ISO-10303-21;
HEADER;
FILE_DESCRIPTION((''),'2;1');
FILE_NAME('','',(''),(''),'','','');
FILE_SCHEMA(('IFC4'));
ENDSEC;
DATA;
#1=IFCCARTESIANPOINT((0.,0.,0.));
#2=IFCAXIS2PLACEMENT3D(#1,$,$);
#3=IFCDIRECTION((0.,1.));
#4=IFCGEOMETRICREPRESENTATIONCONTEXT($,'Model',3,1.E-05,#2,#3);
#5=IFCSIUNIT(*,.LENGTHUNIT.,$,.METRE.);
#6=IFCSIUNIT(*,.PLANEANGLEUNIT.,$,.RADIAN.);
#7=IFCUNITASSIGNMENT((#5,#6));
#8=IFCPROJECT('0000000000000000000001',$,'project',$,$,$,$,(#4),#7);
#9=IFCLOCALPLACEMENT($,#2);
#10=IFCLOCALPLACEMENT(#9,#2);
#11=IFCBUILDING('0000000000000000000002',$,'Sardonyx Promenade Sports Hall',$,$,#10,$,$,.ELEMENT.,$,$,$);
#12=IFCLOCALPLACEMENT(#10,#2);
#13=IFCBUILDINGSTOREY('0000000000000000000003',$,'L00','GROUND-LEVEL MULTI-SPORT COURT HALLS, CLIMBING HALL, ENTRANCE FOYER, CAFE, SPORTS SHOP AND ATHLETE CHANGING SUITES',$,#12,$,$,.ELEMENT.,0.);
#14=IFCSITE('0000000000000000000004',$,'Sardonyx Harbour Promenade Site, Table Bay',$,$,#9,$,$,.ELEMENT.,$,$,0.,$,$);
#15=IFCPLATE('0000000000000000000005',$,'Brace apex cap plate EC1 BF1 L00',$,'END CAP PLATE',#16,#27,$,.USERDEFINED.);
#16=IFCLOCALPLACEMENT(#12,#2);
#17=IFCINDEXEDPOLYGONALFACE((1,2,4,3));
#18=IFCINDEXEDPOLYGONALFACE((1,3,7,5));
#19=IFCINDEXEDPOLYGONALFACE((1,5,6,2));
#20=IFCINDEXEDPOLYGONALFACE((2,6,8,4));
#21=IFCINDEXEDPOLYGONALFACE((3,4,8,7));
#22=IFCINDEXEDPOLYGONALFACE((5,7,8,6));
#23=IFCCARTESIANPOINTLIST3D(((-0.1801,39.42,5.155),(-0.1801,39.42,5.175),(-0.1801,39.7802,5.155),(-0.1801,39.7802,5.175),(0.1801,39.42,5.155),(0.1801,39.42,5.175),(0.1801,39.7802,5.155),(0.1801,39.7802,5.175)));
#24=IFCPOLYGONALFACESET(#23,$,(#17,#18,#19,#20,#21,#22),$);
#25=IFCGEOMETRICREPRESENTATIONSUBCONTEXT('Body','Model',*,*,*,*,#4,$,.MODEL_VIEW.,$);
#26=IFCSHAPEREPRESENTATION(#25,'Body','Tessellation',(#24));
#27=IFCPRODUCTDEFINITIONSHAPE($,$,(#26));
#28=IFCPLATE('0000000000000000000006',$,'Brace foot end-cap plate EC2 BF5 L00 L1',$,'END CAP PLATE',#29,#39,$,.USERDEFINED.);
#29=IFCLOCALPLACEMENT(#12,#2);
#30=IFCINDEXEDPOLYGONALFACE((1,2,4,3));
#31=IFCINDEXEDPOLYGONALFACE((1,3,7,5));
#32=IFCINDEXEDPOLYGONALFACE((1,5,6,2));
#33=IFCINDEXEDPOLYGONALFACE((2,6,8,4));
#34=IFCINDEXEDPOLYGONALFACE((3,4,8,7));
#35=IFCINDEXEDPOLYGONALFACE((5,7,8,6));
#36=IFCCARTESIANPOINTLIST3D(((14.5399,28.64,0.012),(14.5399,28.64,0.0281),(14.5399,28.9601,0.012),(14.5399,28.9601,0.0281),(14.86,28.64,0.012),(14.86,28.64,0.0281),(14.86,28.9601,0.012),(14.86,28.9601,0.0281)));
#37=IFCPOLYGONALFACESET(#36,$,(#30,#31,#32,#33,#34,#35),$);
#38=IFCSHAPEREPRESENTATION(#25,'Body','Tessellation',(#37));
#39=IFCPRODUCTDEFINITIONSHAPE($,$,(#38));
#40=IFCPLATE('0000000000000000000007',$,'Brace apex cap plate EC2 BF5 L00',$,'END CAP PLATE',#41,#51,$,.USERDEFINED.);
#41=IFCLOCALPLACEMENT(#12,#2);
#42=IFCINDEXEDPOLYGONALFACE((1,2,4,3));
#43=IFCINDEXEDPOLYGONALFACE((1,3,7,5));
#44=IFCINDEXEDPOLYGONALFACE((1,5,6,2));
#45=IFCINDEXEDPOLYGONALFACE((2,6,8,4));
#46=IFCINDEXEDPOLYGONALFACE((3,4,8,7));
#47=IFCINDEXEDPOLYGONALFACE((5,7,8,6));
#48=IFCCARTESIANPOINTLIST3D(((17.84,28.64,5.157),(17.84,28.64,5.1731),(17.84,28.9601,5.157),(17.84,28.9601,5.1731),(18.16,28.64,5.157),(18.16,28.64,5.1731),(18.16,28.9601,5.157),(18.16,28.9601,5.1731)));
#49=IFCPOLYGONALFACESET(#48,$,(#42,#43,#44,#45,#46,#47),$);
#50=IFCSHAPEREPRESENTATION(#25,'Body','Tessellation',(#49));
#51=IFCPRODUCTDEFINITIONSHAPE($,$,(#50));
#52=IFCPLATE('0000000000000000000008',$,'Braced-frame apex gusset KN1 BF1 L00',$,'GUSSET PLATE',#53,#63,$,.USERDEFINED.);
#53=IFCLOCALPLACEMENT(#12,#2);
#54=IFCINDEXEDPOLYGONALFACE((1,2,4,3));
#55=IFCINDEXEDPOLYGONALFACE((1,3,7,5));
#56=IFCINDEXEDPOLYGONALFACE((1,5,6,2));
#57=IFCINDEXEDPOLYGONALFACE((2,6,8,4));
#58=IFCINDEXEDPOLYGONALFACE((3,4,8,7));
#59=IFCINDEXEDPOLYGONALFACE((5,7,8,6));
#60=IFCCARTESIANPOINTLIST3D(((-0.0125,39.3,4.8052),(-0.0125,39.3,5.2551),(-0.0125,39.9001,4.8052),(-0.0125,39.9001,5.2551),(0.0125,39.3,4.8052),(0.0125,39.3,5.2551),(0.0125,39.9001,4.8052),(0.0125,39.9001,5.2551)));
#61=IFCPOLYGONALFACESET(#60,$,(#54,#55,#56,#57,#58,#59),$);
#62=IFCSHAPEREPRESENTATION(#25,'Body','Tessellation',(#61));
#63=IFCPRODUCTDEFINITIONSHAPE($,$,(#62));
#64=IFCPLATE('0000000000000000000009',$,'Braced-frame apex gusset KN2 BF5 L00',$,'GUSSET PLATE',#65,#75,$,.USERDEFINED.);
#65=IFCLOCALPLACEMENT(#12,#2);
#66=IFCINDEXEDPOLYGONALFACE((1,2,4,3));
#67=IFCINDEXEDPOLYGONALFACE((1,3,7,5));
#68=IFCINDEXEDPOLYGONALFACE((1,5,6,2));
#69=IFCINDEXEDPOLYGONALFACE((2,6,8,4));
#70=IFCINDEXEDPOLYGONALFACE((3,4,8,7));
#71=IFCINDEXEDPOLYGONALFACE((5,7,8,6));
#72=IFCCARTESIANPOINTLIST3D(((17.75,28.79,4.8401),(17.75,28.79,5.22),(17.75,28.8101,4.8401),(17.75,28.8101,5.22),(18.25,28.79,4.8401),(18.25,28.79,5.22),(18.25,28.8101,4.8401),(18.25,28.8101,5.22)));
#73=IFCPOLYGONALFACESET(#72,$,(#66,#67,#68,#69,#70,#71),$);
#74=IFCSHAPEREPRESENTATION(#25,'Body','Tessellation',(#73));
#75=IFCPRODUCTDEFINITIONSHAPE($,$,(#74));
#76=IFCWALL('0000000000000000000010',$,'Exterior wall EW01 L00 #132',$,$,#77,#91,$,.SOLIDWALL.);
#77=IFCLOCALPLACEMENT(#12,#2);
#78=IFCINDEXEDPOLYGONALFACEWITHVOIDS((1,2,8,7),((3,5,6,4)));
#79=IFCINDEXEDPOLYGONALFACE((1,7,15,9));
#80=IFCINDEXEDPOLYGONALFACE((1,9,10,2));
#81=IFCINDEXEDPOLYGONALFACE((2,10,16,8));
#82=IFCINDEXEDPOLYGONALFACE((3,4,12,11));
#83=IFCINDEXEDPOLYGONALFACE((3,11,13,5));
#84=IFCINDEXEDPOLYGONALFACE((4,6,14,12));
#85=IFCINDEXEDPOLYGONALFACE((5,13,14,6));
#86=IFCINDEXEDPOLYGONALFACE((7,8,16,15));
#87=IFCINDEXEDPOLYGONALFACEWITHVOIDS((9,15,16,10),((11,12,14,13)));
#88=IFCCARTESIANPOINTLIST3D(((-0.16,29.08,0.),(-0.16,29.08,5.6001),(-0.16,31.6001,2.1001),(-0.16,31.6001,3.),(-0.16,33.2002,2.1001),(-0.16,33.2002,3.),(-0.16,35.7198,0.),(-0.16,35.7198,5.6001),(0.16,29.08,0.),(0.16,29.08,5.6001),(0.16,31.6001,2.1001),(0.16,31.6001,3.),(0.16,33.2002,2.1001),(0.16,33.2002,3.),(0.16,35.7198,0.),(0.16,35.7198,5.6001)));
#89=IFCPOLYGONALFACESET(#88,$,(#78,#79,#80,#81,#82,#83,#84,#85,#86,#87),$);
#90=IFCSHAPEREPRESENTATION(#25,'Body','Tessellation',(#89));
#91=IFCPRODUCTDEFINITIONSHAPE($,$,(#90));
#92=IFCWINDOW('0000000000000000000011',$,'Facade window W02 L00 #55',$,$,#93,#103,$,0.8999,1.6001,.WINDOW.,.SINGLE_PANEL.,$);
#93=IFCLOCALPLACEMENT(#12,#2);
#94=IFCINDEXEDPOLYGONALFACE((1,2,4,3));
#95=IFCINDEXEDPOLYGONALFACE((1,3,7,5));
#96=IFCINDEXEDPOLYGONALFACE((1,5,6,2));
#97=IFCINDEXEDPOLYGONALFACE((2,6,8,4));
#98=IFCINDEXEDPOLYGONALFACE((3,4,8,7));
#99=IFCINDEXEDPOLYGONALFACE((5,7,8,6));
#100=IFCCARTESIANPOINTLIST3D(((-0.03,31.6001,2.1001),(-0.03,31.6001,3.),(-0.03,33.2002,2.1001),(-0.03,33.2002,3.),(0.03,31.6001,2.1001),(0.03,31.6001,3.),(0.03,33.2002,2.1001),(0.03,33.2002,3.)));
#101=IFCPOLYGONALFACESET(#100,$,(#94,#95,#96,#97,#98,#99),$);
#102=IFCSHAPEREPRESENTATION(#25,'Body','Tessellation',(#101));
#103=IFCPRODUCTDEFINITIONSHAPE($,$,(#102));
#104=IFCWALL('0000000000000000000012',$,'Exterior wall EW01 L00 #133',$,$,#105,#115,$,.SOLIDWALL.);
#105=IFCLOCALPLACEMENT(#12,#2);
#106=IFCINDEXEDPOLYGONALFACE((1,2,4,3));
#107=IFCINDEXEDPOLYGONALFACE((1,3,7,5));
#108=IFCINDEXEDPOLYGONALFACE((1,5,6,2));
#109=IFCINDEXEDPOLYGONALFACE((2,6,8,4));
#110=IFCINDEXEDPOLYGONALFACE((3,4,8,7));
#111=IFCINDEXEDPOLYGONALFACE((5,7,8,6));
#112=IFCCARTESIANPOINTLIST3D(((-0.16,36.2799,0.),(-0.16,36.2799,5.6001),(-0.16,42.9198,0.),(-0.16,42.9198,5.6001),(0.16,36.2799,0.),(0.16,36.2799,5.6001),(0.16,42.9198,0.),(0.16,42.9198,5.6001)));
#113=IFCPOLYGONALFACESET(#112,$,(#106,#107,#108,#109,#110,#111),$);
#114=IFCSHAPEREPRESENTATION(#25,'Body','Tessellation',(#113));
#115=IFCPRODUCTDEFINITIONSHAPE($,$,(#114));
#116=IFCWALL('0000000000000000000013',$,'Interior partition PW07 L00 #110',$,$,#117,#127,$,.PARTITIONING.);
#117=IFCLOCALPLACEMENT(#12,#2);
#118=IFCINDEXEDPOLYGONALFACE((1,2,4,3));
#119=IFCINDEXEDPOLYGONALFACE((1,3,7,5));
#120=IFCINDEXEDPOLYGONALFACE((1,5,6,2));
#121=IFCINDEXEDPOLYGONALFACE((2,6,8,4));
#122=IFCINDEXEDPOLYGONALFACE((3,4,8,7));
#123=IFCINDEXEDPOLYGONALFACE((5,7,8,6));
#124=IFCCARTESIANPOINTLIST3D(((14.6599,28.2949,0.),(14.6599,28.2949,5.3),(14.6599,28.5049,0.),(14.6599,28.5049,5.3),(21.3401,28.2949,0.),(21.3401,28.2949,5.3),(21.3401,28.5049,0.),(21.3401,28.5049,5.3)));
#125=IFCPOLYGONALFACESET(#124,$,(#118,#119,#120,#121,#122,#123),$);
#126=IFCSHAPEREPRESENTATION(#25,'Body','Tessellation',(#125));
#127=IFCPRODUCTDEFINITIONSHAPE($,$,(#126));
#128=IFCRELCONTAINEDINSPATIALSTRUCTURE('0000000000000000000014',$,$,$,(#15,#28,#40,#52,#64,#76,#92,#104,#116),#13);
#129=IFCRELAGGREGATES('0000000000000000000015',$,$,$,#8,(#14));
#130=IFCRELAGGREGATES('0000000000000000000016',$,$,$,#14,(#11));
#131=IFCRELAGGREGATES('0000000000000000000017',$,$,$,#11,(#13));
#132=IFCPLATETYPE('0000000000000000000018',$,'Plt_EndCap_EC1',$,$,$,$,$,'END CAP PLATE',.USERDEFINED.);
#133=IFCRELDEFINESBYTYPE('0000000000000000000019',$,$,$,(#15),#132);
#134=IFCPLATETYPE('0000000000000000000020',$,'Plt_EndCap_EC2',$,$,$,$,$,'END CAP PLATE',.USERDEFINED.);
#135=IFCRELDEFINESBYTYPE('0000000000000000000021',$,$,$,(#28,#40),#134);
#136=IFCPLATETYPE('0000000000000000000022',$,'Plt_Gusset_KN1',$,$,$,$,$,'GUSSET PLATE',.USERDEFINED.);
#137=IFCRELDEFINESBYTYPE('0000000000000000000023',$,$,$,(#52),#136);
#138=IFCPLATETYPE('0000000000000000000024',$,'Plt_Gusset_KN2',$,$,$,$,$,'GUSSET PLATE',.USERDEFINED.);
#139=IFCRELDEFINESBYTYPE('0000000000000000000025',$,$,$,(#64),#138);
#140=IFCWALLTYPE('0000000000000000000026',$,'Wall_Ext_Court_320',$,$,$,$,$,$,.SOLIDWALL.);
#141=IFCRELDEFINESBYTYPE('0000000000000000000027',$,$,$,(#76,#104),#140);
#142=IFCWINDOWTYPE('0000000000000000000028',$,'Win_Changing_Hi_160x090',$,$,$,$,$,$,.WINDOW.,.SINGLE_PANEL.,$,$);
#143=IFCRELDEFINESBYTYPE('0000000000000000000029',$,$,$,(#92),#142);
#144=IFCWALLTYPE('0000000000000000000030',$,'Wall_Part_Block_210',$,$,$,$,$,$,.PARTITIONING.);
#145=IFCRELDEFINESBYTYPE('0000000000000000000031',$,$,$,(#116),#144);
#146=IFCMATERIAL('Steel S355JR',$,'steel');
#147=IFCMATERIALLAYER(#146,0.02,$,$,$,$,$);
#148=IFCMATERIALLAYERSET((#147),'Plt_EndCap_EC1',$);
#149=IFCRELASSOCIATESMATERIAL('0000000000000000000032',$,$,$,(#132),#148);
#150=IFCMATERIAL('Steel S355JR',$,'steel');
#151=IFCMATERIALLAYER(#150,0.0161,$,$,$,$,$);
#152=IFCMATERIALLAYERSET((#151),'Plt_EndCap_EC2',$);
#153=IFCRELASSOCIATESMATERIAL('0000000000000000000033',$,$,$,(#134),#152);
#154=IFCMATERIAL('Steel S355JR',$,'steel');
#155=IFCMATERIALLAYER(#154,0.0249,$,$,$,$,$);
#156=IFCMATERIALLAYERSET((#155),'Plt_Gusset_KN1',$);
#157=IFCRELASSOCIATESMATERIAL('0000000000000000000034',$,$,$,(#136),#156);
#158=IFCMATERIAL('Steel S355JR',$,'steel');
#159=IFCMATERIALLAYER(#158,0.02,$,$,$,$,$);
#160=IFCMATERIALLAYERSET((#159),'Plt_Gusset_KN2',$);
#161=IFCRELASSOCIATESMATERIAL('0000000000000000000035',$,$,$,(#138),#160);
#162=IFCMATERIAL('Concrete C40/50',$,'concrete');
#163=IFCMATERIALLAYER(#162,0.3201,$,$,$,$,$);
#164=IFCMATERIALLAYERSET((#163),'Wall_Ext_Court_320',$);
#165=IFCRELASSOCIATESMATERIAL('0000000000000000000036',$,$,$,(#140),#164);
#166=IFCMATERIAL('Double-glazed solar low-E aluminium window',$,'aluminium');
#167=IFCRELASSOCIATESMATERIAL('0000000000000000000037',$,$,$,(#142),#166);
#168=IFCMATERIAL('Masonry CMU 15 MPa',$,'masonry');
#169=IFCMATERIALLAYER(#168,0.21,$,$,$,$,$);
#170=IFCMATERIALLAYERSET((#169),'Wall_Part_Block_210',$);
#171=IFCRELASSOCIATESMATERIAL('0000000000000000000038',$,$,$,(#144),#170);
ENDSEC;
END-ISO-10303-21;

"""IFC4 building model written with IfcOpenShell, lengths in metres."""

from ifc_helpers import new_model, si_unit, direction, frame, frame_2d, origin, origin_2d, place, context, subcontext, project, spatial, rectangle, extrude, material, layer, layer_set, type_object, element, fill, save


model = new_model("IFC4")

# Units and contexts
model_context = context("Model", 3, precision=1e-05, world=origin(), true_north=direction((0.0, 1.0)))
body_context = subcontext(model_context, "Body", "Model", "MODEL_VIEW")
ifc_project = project(units=[si_unit("LENGTHUNIT", "METRE"), si_unit("PLANEANGLEUNIT", "RADIAN")], contexts=[model_context])

# Site, building, storey
site_placement = place(None, origin())
site = spatial("IfcSite", under=ifc_project, at=site_placement, Name="Sardonyx Harbour Promenade Site, Table Bay", CompositionType="ELEMENT", RefElevation=0.0)
building_placement = place(site_placement, origin())
building = spatial("IfcBuilding", under=site, at=building_placement, Name="Sardonyx Promenade Sports Hall", CompositionType="ELEMENT")
storey_placement = place(building_placement, origin())
storey = spatial("IfcBuildingStorey", under=building, at=storey_placement, Name="L00", Description="GROUND-LEVEL MULTI-SPORT COURT HALLS, CLIMBING HALL, ENTRANCE FOYER, CAFE, SPORTS SHOP AND ATHLETE CHANGING SUITES", CompositionType="ELEMENT", Elevation=0.0)

# Plates
ifc_material_1 = material(Name="Steel S355JR", Category="steel")
ifc_layer_1 = layer(ifc_material_1, 0.02)
ifc_layer_set_1 = layer_set([ifc_layer_1], Name="Plt_EndCap_EC1")
plate_type_1 = type_object("IfcPlateType", Name="Plt_EndCap_EC1", ElementType="END CAP PLATE", PredefinedType="USERDEFINED", material=ifc_layer_set_1)
for number, where, z_axis, x_axis, name in (
    (1, (0.0, 39.6001, 5.155), (0.0, 0.0, 1.0), (1.0, 0.0, 0.0), "Brace apex cap plate EC1 BF1 L00"),
):
    element("IfcPlate", number, at=place(storey_placement, frame(where, z_axis=z_axis, x_axis=x_axis)), inside=storey, type_object=plate_type_1, Name=name, ObjectType="END CAP PLATE", PredefinedType="USERDEFINED", context=body_context, shape_type="SweptSolid", body=[
        extrude(rectangle(XDim=0.3601, YDim=0.3601, at=origin_2d()), origin(), (0.0, 0.0, 1.0), 0.02),
    ])
ifc_material_2 = material(Name="Steel S355JR", Category="steel")
ifc_layer_2 = layer(ifc_material_2, 0.0161)
ifc_layer_set_2 = layer_set([ifc_layer_2], Name="Plt_EndCap_EC2")
plate_type_2 = type_object("IfcPlateType", Name="Plt_EndCap_EC2", ElementType="END CAP PLATE", PredefinedType="USERDEFINED", material=ifc_layer_set_2)
for number, where, z_axis, x_axis, name in (
    (2, (14.7, 28.8, 0.012), (0.0, 0.0, 1.0), (1.0, 0.0, 0.0), "Brace foot end-cap plate EC2 BF5 L00 L1"),
    (3, (18.0, 28.8, 5.157), (0.0, 0.0, 1.0), (1.0, 0.0, 0.0), "Brace apex cap plate EC2 BF5 L00"),
):
    element("IfcPlate", number, at=place(storey_placement, frame(where, z_axis=z_axis, x_axis=x_axis)), inside=storey, type_object=plate_type_2, Name=name, ObjectType="END CAP PLATE", PredefinedType="USERDEFINED", context=body_context, shape_type="SweptSolid", body=[
        extrude(rectangle(XDim=0.3201, YDim=0.3201, at=origin_2d()), origin(), (0.0, 0.0, 1.0), 0.0161),
    ])
ifc_material_3 = material(Name="Steel S355JR", Category="steel")
ifc_layer_3 = layer(ifc_material_3, 0.0249)
ifc_layer_set_3 = layer_set([ifc_layer_3], Name="Plt_Gusset_KN1")
plate_type_3 = type_object("IfcPlateType", Name="Plt_Gusset_KN1", ElementType="GUSSET PLATE", PredefinedType="USERDEFINED", material=ifc_layer_set_3)
plate_1_placement = place(storey_placement, frame((0.0, 39.6001, 4.8052), z_axis=(0.0, 0.0, 1.0), x_axis=(0.0, 1.0, 0.0)))
element("IfcPlate", 4, at=plate_1_placement, inside=storey, type_object=plate_type_3, Name="Braced-frame apex gusset KN1 BF1 L00", ObjectType="GUSSET PLATE", PredefinedType="USERDEFINED", context=body_context, shape_type="SweptSolid", body=[
    extrude(rectangle(XDim=0.6001, YDim=0.0249, at=origin_2d()), origin(), (0.0, 0.0, 1.0), 0.45),
])
ifc_material_4 = material(Name="Steel S355JR", Category="steel")
ifc_layer_4 = layer(ifc_material_4, 0.02)
ifc_layer_set_4 = layer_set([ifc_layer_4], Name="Plt_Gusset_KN2")
plate_type_4 = type_object("IfcPlateType", Name="Plt_Gusset_KN2", ElementType="GUSSET PLATE", PredefinedType="USERDEFINED", material=ifc_layer_set_4)
plate_2_placement = place(storey_placement, frame((18.0, 28.8, 4.8401), z_axis=(0.0, 0.0, 1.0), x_axis=(1.0, 0.0, 0.0)))
element("IfcPlate", 5, at=plate_2_placement, inside=storey, type_object=plate_type_4, Name="Braced-frame apex gusset KN2 BF5 L00", ObjectType="GUSSET PLATE", PredefinedType="USERDEFINED", context=body_context, shape_type="SweptSolid", body=[
    extrude(rectangle(XDim=0.5, YDim=0.02, at=origin_2d()), origin(), (0.0, 0.0, 1.0), 0.3799),
])

# Wall, opening, window
ifc_material_5 = material(Name="Concrete C40/50", Category="concrete")
ifc_layer_5 = layer(ifc_material_5, 0.3201)
ifc_layer_set_5 = layer_set([ifc_layer_5], Name="Wall_Ext_Court_320")
wall_type_1 = type_object("IfcWallType", Name="Wall_Ext_Court_320", PredefinedType="SOLIDWALL", material=ifc_layer_set_5)
wall_1_placement = place(storey_placement, frame((0.0, 29.0801, 0.0), z_axis=(0.0, 0.0, 1.0), x_axis=(0.0, 1.0, 0.0)))
wall_1 = element("IfcWall", 6, at=wall_1_placement, inside=storey, type_object=wall_type_1, Name="Exterior wall EW01 L00 #132", PredefinedType="SOLIDWALL", context=body_context, shape_type="SweptSolid", body=[
    extrude(rectangle(XDim=6.6399, YDim=0.3201, at=frame_2d((3.3198, 0.0))), origin(), (0.0, 0.0, 1.0), 5.6001),
])
opening_placement = place(wall_1_placement, frame((2.52, 0.0, 2.1001)))
opening = element("IfcOpeningElement", 7, at=opening_placement, cuts=wall_1, PredefinedType="OPENING", context=body_context, shape_type="SweptSolid", body=[
    extrude(rectangle(XDim=1.6001, YDim=0.8999, at=frame_2d((0.8, 0.45))), frame((0.0, 0.17, 0.0), z_axis=(0.0, -1.0, 0.0), x_axis=(1.0, 0.0, 0.0)), (0.0, 0.0, 1.0), 0.34),
])
ifc_material_6 = material(Name="Double-glazed solar low-E aluminium window", Category="aluminium")
window_type = type_object("IfcWindowType", Name="Win_Changing_Hi_160x090", PartitioningType="SINGLE_PANEL", PredefinedType="WINDOW", material=ifc_material_6)
window_placement = place(opening_placement, origin())
window = element("IfcWindow", 8, at=window_placement, inside=storey, type_object=window_type, Name="Facade window W02 L00 #55", OverallHeight=0.8999, OverallWidth=1.6001, PartitioningType="SINGLE_PANEL", PredefinedType="WINDOW", context=body_context, shape_type="SweptSolid", body=[
    extrude(rectangle(XDim=1.6001, YDim=0.8999, at=frame_2d((0.8, 0.45))), frame((0.0, 0.03, 0.0), z_axis=(0.0, -1.0, 0.0), x_axis=(1.0, 0.0, 0.0)), (0.0, 0.0, 1.0), 0.0601),
])
fill(opening, window)

# Walls
wall_2_placement = place(storey_placement, frame((0.0, 36.28, 0.0), z_axis=(0.0, 0.0, 1.0), x_axis=(0.0, 1.0, 0.0)))
element("IfcWall", 9, at=wall_2_placement, inside=storey, type_object=wall_type_1, Name="Exterior wall EW01 L00 #133", PredefinedType="SOLIDWALL", context=body_context, shape_type="SweptSolid", body=[
    extrude(rectangle(XDim=6.6399, YDim=0.3201, at=frame_2d((3.3198, 0.0))), origin(), (0.0, 0.0, 1.0), 5.6001),
])
ifc_material_7 = material(Name="Masonry CMU 15 MPa", Category="masonry")
ifc_layer_6 = layer(ifc_material_7, 0.21)
ifc_layer_set_6 = layer_set([ifc_layer_6], Name="Wall_Part_Block_210")
wall_type_2 = type_object("IfcWallType", Name="Wall_Part_Block_210", PredefinedType="PARTITIONING", material=ifc_layer_set_6)
wall_3_placement = place(storey_placement, frame((14.6599, 28.3999, 0.0), z_axis=(0.0, 0.0, 1.0), x_axis=(1.0, 0.0, 0.0)))
element("IfcWall", 10, at=wall_3_placement, inside=storey, type_object=wall_type_2, Name="Interior partition PW07 L00 #110", PredefinedType="PARTITIONING", context=body_context, shape_type="SweptSolid", body=[
    extrude(rectangle(XDim=6.6802, YDim=0.21, at=frame_2d((3.3401, 0.0))), origin(), (0.0, 0.0, 1.0), 5.3),
])

save(model, "model.ifc")
